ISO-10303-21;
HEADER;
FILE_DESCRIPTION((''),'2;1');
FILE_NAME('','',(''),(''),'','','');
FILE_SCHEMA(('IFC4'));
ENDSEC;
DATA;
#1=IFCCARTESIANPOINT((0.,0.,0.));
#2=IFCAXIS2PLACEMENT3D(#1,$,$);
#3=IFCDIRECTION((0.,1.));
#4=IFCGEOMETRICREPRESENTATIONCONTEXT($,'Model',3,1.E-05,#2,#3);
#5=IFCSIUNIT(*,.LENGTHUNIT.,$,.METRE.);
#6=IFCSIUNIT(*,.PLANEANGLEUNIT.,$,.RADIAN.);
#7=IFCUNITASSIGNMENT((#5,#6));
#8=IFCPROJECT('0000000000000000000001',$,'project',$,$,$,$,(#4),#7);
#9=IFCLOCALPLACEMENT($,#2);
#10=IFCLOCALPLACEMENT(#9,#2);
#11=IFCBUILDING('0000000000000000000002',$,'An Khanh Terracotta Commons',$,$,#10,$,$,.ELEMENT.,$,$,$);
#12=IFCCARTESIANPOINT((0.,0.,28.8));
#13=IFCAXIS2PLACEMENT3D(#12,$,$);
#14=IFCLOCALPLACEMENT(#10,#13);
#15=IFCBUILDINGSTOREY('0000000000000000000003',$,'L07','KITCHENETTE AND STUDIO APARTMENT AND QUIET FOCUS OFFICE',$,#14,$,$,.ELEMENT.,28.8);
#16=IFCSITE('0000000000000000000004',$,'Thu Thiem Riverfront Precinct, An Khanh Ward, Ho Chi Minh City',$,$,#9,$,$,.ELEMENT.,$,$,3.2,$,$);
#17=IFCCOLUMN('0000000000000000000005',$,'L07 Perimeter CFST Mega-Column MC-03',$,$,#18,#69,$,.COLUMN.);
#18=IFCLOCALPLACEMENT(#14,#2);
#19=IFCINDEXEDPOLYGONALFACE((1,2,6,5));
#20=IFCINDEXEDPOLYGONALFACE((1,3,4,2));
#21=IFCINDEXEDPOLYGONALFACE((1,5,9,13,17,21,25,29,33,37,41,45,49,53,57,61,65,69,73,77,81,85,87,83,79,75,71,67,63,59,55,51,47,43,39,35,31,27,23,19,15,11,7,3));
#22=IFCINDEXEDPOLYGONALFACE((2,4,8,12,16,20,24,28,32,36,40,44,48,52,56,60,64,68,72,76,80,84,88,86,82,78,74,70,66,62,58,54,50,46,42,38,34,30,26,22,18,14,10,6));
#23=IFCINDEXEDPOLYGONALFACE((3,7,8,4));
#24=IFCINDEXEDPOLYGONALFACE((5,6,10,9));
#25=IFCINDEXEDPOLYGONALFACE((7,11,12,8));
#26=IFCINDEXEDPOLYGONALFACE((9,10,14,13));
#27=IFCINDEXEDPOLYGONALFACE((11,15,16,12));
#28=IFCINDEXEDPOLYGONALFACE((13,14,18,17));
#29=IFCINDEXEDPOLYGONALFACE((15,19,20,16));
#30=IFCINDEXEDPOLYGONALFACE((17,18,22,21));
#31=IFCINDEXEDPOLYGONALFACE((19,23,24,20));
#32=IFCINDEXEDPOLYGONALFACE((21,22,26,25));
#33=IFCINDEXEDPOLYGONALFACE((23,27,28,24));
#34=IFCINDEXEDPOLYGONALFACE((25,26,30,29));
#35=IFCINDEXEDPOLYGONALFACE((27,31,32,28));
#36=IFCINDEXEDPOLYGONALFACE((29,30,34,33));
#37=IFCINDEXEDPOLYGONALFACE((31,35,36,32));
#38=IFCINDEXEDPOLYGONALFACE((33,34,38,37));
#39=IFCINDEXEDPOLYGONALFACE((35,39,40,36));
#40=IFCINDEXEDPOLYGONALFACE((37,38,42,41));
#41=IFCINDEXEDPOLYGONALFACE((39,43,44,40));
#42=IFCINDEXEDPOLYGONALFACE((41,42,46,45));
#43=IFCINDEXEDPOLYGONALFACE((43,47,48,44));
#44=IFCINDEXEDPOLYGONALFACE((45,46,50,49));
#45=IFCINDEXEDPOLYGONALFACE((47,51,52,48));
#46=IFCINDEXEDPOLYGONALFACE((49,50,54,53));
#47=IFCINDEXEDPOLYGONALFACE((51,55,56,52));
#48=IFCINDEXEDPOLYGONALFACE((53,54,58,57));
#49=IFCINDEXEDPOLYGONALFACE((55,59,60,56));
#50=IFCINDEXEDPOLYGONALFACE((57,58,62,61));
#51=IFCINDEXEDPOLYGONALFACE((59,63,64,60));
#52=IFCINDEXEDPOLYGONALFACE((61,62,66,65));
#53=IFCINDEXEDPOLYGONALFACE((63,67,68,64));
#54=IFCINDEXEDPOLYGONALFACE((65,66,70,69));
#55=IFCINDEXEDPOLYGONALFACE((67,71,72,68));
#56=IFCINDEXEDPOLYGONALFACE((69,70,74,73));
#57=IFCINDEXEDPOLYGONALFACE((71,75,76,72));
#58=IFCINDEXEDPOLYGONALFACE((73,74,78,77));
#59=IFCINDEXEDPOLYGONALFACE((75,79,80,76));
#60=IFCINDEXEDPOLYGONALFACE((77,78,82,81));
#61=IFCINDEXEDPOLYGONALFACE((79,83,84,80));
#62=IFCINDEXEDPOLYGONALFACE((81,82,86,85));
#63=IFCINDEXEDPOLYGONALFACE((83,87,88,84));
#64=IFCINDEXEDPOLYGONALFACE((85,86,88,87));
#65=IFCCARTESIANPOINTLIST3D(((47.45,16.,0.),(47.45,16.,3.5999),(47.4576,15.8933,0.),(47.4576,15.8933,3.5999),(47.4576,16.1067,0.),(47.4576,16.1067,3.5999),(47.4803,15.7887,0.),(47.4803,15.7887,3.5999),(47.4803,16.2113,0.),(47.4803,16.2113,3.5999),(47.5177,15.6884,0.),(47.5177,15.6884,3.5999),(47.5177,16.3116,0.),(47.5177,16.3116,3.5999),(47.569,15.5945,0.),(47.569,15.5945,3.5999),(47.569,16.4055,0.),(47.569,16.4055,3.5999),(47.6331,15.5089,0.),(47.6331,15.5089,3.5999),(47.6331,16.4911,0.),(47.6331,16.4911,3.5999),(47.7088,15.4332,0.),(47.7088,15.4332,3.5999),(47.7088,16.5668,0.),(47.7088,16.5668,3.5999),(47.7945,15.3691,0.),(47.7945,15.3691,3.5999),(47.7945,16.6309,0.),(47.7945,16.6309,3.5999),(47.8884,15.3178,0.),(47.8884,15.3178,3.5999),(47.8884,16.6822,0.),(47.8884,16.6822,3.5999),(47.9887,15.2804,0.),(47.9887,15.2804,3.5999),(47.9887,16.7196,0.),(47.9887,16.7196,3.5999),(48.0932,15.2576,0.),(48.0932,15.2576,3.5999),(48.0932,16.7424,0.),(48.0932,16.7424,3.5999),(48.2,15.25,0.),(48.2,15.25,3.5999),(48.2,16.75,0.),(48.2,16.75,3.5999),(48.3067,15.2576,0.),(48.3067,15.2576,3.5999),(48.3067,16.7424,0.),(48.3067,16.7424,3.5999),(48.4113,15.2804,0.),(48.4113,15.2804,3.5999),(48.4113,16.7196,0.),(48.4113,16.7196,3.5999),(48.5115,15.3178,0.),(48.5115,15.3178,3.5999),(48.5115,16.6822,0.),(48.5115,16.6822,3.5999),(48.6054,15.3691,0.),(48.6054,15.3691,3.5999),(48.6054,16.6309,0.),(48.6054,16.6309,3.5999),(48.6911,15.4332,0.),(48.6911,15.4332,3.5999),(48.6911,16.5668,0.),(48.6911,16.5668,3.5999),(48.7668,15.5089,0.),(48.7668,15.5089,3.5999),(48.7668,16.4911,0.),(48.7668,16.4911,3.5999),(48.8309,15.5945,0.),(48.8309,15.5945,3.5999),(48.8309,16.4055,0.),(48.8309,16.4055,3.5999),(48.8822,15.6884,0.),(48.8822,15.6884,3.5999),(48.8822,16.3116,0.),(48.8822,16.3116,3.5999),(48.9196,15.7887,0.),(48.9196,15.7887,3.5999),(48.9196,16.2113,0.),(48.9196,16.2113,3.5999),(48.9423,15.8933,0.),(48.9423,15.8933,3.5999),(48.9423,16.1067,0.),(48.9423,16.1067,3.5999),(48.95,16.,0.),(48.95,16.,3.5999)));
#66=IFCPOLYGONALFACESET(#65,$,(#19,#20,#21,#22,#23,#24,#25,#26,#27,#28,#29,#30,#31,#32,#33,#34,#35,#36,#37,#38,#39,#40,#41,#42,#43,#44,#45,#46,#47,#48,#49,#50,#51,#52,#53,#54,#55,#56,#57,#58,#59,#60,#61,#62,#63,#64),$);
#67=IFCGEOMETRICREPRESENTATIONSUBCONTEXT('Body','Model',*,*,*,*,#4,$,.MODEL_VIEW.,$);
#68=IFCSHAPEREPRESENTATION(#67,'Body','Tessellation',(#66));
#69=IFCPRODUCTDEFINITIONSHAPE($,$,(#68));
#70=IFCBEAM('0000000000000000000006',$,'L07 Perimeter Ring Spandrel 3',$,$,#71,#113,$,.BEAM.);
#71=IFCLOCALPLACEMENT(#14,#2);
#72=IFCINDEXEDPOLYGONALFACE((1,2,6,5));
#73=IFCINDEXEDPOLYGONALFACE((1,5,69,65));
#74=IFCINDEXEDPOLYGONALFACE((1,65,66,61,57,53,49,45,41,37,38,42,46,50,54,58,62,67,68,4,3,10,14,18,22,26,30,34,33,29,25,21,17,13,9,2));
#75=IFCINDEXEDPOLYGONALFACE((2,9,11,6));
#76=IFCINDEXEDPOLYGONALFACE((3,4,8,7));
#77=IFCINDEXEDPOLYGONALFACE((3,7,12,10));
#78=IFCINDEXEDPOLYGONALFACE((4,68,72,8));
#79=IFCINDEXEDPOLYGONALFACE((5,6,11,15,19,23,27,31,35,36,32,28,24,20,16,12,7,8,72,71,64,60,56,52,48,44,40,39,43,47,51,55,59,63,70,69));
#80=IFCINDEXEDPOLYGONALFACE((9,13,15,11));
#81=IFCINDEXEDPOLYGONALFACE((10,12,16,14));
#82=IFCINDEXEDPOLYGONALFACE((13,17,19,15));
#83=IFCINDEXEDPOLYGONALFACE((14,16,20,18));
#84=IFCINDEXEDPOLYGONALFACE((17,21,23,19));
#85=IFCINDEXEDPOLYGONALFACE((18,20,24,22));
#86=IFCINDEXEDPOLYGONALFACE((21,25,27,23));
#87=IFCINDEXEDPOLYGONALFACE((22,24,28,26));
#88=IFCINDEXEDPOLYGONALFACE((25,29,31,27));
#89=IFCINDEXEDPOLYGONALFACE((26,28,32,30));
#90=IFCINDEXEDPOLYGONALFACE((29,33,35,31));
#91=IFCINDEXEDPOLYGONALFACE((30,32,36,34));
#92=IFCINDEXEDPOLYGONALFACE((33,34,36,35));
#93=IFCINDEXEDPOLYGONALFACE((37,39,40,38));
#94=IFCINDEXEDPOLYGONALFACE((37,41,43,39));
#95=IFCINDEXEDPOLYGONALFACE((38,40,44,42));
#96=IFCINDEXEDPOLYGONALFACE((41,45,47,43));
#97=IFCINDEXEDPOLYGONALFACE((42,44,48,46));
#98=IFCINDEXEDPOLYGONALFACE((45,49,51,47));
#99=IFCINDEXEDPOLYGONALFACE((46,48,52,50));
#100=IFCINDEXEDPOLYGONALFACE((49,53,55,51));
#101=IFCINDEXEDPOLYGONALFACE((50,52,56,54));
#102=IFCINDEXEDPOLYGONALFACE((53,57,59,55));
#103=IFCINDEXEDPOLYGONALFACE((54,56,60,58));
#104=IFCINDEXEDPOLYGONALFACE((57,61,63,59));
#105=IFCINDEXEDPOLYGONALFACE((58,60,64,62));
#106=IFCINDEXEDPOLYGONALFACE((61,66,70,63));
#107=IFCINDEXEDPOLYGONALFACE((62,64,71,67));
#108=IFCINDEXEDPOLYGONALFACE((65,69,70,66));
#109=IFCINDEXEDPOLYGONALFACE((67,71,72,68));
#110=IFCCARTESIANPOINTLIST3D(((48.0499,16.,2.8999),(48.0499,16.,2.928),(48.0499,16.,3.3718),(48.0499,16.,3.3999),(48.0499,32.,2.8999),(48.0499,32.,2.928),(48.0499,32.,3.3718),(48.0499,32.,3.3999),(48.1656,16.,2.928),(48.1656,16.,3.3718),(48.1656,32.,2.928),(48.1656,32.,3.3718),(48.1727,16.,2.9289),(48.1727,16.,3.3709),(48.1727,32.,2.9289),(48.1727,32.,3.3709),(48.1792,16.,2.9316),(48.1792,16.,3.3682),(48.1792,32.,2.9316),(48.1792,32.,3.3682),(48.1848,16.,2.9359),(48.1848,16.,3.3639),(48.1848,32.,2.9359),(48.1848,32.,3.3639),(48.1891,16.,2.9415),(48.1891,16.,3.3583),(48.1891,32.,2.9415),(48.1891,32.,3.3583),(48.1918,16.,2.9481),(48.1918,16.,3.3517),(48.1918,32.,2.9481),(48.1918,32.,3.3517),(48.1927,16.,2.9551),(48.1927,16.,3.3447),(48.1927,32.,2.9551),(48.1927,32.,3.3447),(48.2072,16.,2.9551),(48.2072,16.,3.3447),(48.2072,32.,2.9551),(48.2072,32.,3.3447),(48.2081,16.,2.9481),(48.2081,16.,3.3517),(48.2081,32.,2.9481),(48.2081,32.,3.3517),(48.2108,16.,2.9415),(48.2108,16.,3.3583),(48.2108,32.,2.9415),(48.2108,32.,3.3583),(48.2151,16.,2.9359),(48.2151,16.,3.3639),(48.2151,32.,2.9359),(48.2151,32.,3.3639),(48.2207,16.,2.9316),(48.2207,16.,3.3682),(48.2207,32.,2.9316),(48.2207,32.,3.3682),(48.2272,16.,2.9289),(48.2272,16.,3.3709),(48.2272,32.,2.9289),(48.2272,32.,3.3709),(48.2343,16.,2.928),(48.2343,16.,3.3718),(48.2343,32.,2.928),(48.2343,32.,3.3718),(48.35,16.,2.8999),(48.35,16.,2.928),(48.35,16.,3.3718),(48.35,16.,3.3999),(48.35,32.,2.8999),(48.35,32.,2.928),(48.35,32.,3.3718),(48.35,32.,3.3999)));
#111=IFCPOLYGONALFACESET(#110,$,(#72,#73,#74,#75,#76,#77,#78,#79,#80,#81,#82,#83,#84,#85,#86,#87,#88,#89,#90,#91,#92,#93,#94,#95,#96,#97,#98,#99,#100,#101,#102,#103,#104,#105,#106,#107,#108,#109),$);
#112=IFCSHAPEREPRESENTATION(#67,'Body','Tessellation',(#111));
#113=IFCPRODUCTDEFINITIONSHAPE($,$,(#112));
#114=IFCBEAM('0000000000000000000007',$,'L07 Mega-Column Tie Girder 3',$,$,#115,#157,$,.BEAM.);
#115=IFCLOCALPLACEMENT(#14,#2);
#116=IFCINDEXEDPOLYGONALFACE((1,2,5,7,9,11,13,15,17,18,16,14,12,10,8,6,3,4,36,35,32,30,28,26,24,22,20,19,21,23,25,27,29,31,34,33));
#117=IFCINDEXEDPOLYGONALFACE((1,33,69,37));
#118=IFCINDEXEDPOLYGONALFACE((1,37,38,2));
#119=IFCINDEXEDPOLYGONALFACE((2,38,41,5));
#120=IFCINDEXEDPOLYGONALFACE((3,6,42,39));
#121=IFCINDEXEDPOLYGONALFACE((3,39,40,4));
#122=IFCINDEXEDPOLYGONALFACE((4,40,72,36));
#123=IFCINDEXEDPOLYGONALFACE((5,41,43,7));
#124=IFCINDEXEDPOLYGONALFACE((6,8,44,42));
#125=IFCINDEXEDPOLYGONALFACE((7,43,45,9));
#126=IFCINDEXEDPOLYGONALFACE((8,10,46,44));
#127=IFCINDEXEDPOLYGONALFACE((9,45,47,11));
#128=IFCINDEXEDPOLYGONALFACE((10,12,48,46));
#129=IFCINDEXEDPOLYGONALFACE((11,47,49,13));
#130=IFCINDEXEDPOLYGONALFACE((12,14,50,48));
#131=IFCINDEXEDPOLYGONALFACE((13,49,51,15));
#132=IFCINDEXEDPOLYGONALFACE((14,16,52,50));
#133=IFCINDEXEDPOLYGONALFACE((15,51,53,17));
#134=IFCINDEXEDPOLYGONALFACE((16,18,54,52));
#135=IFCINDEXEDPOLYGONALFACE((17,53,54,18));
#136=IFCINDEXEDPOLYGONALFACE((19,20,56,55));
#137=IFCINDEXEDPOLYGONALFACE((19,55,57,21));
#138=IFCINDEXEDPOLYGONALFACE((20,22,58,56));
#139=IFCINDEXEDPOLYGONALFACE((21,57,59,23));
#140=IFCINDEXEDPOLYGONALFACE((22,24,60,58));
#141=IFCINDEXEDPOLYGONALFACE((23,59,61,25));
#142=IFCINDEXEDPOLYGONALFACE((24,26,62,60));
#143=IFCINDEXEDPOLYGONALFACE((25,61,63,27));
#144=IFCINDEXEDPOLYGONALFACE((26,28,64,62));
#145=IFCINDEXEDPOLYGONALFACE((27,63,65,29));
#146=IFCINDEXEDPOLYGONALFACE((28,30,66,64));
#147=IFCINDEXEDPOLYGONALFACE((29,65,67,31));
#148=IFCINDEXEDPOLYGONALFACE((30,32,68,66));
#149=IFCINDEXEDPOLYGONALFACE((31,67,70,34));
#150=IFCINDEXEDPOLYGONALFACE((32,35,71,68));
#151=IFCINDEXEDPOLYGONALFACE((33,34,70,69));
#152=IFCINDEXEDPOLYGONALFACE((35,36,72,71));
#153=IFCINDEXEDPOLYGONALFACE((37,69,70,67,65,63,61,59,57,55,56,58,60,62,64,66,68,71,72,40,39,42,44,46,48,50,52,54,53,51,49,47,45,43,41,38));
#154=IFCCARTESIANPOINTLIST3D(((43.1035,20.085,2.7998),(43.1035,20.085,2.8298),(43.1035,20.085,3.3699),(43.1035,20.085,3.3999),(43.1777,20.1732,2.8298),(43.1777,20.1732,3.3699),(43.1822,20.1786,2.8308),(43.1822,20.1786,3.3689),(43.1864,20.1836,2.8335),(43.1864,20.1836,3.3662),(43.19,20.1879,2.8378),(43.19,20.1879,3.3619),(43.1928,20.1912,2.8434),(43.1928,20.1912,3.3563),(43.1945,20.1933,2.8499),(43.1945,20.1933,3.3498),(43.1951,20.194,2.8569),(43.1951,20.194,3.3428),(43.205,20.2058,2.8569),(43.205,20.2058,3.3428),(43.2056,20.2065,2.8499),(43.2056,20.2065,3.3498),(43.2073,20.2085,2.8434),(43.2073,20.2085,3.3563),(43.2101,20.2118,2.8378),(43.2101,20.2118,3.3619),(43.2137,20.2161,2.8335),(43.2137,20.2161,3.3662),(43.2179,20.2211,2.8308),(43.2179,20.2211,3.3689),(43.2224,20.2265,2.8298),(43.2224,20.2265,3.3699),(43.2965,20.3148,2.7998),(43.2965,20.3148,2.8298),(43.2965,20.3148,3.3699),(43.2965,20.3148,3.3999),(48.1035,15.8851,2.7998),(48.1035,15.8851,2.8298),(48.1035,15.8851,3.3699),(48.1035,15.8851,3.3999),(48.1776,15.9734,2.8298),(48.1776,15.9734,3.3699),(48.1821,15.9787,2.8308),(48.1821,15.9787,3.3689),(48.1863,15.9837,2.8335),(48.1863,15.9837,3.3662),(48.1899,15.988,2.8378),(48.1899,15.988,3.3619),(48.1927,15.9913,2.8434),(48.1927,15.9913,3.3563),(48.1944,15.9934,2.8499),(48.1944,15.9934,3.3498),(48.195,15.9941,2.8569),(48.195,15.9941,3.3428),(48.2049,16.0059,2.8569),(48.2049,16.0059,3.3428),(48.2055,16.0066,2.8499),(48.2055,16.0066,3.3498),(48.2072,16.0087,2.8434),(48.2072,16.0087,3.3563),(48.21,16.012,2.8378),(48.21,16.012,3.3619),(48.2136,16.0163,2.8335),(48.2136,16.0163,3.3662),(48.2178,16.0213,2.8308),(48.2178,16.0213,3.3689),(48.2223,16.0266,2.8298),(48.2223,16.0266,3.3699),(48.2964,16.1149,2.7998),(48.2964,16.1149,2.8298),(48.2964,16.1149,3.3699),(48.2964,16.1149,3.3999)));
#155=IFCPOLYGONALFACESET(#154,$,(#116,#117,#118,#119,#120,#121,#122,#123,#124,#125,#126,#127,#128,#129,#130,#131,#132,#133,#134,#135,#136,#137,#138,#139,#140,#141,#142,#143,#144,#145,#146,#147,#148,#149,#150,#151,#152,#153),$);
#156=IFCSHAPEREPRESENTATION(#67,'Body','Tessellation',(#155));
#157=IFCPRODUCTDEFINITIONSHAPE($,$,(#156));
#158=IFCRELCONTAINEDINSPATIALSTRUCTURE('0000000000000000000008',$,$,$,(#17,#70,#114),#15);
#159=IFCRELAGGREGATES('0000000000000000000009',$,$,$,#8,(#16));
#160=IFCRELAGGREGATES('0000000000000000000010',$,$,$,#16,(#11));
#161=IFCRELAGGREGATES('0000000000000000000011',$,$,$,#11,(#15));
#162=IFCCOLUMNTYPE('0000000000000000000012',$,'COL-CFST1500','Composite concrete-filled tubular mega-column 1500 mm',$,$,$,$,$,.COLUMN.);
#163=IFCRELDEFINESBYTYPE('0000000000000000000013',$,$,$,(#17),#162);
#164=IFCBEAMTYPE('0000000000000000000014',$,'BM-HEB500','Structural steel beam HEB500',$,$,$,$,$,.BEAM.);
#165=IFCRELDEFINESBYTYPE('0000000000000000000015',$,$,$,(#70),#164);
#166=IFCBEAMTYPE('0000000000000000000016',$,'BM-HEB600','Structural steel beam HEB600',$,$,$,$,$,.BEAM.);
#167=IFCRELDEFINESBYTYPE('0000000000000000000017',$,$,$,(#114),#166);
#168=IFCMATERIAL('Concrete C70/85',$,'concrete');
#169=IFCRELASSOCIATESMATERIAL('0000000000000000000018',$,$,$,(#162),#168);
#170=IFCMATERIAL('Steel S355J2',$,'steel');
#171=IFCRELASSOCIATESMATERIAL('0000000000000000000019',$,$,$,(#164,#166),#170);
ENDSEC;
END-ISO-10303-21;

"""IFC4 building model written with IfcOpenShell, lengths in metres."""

from ifc_helpers import new_model, si_unit, direction, frame, origin, origin_2d, place, context, subcontext, project, spatial, circle, i_section, extrude, material, material_profile, profile_set, type_object, element, save


model = new_model("IFC4")

# Units and contexts
model_context = context("Model", 3, precision=1e-05, world=origin(), true_north=direction((0.0, 1.0)))
body_context = subcontext(model_context, "Body", "Model", "MODEL_VIEW")
ifc_project = project(units=[si_unit("LENGTHUNIT", "METRE"), si_unit("PLANEANGLEUNIT", "RADIAN")], contexts=[model_context])

# Site, building, storey
site_placement = place(None, origin())
site = spatial("IfcSite", under=ifc_project, at=site_placement, Name="Thu Thiem Riverfront Precinct, An Khanh Ward, Ho Chi Minh City", CompositionType="ELEMENT", RefElevation=3.2)
building_placement = place(site_placement, origin())
building = spatial("IfcBuilding", under=site, at=building_placement, Name="An Khanh Terracotta Commons", CompositionType="ELEMENT")
storey_placement = place(building_placement, frame((0.0, 0.0, 28.8)))
storey = spatial("IfcBuildingStorey", under=building, at=storey_placement, Name="L07", Description="KITCHENETTE AND STUDIO APARTMENT AND QUIET FOCUS OFFICE", CompositionType="ELEMENT", Elevation=28.8)

# Column
ifc_material_1 = material(Name="Concrete C70/85", Category="concrete")
ifc_material_profile_1 = material_profile(ifc_material_1, circle(Radius=0.75, at=origin_2d()), Name="CFST1500")
ifc_profile_set_1 = profile_set([ifc_material_profile_1], Name="Concrete C70/85")
column_type = type_object("IfcColumnType", Name="COL-CFST1500", Description="Composite concrete-filled tubular mega-column 1500 mm", PredefinedType="COLUMN", material=ifc_profile_set_1)
column_placement = place(storey_placement, frame((48.2, 16.0, 0.0), z_axis=(0.0, 0.0, 1.0), x_axis=(1.0, 0.0, 0.0)))
element("IfcColumn", 1, at=column_placement, inside=storey, type_object=column_type, Name="L07 Perimeter CFST Mega-Column MC-03", PredefinedType="COLUMN", context=body_context, shape_type="SweptSolid", body=[
    extrude(circle(Radius=0.75, at=origin_2d()), origin(), (0.0, 0.0, 1.0), 3.5999),
])

# Beams
ifc_material_2 = material(Name="Steel S355J2", Category="steel")
ifc_material_profile_2 = material_profile(ifc_material_2, i_section(OverallWidth=0.3, OverallDepth=0.5, WebThickness=0.0144, FlangeThickness=0.0281, FilletRadius=0.0271, at=origin_2d()), Name="HEB500")
ifc_profile_set_2 = profile_set([ifc_material_profile_2], Name="Steel S355J2")
beam_type_1 = type_object("IfcBeamType", Name="BM-HEB500", Description="Structural steel beam HEB500", PredefinedType="BEAM", material=ifc_profile_set_2)
beam_1_placement = place(storey_placement, frame((48.2, 16.0, 3.1499), z_axis=(0.0, 1.0, 0.0), x_axis=(-1.0, 0.0, 0.0)))
element("IfcBeam", 2, at=beam_1_placement, inside=storey, type_object=beam_type_1, Name="L07 Perimeter Ring Spandrel 3", PredefinedType="BEAM", context=body_context, shape_type="SweptSolid", body=[
    extrude(i_section(OverallWidth=0.3, OverallDepth=0.5, WebThickness=0.0144, FlangeThickness=0.0281, FilletRadius=0.0271, at=origin_2d()), origin(), (0.0, 0.0, 1.0), 16.0),
])
ifc_material_profile_3 = material_profile(ifc_material_2, i_section(OverallWidth=0.3, OverallDepth=0.6001, WebThickness=0.0154, FlangeThickness=0.03, FilletRadius=0.0271, at=origin_2d()), Name="HEB600")
ifc_profile_set_3 = profile_set([ifc_material_profile_3], Name="Steel S355J2")
beam_type_2 = type_object("IfcBeamType", Name="BM-HEB600", Description="Structural steel beam HEB600", PredefinedType="BEAM", material=ifc_profile_set_3)
beam_2_placement = place(storey_placement, frame((48.2, 16.0, 3.0999), z_axis=(-0.765709, 0.643188, 0.0), x_axis=(-0.643188, -0.765709, 0.0)))
element("IfcBeam", 3, at=beam_2_placement, inside=storey, type_object=beam_type_2, Name="L07 Mega-Column Tie Girder 3", PredefinedType="BEAM", context=body_context, shape_type="SweptSolid", body=[
    extrude(i_section(OverallWidth=0.3, OverallDepth=0.6001, WebThickness=0.0154, FlangeThickness=0.03, FilletRadius=0.0271, at=origin_2d()), origin(), (0.0, 0.0, 1.0), 6.5298),
])

save(model, "model.ifc")
